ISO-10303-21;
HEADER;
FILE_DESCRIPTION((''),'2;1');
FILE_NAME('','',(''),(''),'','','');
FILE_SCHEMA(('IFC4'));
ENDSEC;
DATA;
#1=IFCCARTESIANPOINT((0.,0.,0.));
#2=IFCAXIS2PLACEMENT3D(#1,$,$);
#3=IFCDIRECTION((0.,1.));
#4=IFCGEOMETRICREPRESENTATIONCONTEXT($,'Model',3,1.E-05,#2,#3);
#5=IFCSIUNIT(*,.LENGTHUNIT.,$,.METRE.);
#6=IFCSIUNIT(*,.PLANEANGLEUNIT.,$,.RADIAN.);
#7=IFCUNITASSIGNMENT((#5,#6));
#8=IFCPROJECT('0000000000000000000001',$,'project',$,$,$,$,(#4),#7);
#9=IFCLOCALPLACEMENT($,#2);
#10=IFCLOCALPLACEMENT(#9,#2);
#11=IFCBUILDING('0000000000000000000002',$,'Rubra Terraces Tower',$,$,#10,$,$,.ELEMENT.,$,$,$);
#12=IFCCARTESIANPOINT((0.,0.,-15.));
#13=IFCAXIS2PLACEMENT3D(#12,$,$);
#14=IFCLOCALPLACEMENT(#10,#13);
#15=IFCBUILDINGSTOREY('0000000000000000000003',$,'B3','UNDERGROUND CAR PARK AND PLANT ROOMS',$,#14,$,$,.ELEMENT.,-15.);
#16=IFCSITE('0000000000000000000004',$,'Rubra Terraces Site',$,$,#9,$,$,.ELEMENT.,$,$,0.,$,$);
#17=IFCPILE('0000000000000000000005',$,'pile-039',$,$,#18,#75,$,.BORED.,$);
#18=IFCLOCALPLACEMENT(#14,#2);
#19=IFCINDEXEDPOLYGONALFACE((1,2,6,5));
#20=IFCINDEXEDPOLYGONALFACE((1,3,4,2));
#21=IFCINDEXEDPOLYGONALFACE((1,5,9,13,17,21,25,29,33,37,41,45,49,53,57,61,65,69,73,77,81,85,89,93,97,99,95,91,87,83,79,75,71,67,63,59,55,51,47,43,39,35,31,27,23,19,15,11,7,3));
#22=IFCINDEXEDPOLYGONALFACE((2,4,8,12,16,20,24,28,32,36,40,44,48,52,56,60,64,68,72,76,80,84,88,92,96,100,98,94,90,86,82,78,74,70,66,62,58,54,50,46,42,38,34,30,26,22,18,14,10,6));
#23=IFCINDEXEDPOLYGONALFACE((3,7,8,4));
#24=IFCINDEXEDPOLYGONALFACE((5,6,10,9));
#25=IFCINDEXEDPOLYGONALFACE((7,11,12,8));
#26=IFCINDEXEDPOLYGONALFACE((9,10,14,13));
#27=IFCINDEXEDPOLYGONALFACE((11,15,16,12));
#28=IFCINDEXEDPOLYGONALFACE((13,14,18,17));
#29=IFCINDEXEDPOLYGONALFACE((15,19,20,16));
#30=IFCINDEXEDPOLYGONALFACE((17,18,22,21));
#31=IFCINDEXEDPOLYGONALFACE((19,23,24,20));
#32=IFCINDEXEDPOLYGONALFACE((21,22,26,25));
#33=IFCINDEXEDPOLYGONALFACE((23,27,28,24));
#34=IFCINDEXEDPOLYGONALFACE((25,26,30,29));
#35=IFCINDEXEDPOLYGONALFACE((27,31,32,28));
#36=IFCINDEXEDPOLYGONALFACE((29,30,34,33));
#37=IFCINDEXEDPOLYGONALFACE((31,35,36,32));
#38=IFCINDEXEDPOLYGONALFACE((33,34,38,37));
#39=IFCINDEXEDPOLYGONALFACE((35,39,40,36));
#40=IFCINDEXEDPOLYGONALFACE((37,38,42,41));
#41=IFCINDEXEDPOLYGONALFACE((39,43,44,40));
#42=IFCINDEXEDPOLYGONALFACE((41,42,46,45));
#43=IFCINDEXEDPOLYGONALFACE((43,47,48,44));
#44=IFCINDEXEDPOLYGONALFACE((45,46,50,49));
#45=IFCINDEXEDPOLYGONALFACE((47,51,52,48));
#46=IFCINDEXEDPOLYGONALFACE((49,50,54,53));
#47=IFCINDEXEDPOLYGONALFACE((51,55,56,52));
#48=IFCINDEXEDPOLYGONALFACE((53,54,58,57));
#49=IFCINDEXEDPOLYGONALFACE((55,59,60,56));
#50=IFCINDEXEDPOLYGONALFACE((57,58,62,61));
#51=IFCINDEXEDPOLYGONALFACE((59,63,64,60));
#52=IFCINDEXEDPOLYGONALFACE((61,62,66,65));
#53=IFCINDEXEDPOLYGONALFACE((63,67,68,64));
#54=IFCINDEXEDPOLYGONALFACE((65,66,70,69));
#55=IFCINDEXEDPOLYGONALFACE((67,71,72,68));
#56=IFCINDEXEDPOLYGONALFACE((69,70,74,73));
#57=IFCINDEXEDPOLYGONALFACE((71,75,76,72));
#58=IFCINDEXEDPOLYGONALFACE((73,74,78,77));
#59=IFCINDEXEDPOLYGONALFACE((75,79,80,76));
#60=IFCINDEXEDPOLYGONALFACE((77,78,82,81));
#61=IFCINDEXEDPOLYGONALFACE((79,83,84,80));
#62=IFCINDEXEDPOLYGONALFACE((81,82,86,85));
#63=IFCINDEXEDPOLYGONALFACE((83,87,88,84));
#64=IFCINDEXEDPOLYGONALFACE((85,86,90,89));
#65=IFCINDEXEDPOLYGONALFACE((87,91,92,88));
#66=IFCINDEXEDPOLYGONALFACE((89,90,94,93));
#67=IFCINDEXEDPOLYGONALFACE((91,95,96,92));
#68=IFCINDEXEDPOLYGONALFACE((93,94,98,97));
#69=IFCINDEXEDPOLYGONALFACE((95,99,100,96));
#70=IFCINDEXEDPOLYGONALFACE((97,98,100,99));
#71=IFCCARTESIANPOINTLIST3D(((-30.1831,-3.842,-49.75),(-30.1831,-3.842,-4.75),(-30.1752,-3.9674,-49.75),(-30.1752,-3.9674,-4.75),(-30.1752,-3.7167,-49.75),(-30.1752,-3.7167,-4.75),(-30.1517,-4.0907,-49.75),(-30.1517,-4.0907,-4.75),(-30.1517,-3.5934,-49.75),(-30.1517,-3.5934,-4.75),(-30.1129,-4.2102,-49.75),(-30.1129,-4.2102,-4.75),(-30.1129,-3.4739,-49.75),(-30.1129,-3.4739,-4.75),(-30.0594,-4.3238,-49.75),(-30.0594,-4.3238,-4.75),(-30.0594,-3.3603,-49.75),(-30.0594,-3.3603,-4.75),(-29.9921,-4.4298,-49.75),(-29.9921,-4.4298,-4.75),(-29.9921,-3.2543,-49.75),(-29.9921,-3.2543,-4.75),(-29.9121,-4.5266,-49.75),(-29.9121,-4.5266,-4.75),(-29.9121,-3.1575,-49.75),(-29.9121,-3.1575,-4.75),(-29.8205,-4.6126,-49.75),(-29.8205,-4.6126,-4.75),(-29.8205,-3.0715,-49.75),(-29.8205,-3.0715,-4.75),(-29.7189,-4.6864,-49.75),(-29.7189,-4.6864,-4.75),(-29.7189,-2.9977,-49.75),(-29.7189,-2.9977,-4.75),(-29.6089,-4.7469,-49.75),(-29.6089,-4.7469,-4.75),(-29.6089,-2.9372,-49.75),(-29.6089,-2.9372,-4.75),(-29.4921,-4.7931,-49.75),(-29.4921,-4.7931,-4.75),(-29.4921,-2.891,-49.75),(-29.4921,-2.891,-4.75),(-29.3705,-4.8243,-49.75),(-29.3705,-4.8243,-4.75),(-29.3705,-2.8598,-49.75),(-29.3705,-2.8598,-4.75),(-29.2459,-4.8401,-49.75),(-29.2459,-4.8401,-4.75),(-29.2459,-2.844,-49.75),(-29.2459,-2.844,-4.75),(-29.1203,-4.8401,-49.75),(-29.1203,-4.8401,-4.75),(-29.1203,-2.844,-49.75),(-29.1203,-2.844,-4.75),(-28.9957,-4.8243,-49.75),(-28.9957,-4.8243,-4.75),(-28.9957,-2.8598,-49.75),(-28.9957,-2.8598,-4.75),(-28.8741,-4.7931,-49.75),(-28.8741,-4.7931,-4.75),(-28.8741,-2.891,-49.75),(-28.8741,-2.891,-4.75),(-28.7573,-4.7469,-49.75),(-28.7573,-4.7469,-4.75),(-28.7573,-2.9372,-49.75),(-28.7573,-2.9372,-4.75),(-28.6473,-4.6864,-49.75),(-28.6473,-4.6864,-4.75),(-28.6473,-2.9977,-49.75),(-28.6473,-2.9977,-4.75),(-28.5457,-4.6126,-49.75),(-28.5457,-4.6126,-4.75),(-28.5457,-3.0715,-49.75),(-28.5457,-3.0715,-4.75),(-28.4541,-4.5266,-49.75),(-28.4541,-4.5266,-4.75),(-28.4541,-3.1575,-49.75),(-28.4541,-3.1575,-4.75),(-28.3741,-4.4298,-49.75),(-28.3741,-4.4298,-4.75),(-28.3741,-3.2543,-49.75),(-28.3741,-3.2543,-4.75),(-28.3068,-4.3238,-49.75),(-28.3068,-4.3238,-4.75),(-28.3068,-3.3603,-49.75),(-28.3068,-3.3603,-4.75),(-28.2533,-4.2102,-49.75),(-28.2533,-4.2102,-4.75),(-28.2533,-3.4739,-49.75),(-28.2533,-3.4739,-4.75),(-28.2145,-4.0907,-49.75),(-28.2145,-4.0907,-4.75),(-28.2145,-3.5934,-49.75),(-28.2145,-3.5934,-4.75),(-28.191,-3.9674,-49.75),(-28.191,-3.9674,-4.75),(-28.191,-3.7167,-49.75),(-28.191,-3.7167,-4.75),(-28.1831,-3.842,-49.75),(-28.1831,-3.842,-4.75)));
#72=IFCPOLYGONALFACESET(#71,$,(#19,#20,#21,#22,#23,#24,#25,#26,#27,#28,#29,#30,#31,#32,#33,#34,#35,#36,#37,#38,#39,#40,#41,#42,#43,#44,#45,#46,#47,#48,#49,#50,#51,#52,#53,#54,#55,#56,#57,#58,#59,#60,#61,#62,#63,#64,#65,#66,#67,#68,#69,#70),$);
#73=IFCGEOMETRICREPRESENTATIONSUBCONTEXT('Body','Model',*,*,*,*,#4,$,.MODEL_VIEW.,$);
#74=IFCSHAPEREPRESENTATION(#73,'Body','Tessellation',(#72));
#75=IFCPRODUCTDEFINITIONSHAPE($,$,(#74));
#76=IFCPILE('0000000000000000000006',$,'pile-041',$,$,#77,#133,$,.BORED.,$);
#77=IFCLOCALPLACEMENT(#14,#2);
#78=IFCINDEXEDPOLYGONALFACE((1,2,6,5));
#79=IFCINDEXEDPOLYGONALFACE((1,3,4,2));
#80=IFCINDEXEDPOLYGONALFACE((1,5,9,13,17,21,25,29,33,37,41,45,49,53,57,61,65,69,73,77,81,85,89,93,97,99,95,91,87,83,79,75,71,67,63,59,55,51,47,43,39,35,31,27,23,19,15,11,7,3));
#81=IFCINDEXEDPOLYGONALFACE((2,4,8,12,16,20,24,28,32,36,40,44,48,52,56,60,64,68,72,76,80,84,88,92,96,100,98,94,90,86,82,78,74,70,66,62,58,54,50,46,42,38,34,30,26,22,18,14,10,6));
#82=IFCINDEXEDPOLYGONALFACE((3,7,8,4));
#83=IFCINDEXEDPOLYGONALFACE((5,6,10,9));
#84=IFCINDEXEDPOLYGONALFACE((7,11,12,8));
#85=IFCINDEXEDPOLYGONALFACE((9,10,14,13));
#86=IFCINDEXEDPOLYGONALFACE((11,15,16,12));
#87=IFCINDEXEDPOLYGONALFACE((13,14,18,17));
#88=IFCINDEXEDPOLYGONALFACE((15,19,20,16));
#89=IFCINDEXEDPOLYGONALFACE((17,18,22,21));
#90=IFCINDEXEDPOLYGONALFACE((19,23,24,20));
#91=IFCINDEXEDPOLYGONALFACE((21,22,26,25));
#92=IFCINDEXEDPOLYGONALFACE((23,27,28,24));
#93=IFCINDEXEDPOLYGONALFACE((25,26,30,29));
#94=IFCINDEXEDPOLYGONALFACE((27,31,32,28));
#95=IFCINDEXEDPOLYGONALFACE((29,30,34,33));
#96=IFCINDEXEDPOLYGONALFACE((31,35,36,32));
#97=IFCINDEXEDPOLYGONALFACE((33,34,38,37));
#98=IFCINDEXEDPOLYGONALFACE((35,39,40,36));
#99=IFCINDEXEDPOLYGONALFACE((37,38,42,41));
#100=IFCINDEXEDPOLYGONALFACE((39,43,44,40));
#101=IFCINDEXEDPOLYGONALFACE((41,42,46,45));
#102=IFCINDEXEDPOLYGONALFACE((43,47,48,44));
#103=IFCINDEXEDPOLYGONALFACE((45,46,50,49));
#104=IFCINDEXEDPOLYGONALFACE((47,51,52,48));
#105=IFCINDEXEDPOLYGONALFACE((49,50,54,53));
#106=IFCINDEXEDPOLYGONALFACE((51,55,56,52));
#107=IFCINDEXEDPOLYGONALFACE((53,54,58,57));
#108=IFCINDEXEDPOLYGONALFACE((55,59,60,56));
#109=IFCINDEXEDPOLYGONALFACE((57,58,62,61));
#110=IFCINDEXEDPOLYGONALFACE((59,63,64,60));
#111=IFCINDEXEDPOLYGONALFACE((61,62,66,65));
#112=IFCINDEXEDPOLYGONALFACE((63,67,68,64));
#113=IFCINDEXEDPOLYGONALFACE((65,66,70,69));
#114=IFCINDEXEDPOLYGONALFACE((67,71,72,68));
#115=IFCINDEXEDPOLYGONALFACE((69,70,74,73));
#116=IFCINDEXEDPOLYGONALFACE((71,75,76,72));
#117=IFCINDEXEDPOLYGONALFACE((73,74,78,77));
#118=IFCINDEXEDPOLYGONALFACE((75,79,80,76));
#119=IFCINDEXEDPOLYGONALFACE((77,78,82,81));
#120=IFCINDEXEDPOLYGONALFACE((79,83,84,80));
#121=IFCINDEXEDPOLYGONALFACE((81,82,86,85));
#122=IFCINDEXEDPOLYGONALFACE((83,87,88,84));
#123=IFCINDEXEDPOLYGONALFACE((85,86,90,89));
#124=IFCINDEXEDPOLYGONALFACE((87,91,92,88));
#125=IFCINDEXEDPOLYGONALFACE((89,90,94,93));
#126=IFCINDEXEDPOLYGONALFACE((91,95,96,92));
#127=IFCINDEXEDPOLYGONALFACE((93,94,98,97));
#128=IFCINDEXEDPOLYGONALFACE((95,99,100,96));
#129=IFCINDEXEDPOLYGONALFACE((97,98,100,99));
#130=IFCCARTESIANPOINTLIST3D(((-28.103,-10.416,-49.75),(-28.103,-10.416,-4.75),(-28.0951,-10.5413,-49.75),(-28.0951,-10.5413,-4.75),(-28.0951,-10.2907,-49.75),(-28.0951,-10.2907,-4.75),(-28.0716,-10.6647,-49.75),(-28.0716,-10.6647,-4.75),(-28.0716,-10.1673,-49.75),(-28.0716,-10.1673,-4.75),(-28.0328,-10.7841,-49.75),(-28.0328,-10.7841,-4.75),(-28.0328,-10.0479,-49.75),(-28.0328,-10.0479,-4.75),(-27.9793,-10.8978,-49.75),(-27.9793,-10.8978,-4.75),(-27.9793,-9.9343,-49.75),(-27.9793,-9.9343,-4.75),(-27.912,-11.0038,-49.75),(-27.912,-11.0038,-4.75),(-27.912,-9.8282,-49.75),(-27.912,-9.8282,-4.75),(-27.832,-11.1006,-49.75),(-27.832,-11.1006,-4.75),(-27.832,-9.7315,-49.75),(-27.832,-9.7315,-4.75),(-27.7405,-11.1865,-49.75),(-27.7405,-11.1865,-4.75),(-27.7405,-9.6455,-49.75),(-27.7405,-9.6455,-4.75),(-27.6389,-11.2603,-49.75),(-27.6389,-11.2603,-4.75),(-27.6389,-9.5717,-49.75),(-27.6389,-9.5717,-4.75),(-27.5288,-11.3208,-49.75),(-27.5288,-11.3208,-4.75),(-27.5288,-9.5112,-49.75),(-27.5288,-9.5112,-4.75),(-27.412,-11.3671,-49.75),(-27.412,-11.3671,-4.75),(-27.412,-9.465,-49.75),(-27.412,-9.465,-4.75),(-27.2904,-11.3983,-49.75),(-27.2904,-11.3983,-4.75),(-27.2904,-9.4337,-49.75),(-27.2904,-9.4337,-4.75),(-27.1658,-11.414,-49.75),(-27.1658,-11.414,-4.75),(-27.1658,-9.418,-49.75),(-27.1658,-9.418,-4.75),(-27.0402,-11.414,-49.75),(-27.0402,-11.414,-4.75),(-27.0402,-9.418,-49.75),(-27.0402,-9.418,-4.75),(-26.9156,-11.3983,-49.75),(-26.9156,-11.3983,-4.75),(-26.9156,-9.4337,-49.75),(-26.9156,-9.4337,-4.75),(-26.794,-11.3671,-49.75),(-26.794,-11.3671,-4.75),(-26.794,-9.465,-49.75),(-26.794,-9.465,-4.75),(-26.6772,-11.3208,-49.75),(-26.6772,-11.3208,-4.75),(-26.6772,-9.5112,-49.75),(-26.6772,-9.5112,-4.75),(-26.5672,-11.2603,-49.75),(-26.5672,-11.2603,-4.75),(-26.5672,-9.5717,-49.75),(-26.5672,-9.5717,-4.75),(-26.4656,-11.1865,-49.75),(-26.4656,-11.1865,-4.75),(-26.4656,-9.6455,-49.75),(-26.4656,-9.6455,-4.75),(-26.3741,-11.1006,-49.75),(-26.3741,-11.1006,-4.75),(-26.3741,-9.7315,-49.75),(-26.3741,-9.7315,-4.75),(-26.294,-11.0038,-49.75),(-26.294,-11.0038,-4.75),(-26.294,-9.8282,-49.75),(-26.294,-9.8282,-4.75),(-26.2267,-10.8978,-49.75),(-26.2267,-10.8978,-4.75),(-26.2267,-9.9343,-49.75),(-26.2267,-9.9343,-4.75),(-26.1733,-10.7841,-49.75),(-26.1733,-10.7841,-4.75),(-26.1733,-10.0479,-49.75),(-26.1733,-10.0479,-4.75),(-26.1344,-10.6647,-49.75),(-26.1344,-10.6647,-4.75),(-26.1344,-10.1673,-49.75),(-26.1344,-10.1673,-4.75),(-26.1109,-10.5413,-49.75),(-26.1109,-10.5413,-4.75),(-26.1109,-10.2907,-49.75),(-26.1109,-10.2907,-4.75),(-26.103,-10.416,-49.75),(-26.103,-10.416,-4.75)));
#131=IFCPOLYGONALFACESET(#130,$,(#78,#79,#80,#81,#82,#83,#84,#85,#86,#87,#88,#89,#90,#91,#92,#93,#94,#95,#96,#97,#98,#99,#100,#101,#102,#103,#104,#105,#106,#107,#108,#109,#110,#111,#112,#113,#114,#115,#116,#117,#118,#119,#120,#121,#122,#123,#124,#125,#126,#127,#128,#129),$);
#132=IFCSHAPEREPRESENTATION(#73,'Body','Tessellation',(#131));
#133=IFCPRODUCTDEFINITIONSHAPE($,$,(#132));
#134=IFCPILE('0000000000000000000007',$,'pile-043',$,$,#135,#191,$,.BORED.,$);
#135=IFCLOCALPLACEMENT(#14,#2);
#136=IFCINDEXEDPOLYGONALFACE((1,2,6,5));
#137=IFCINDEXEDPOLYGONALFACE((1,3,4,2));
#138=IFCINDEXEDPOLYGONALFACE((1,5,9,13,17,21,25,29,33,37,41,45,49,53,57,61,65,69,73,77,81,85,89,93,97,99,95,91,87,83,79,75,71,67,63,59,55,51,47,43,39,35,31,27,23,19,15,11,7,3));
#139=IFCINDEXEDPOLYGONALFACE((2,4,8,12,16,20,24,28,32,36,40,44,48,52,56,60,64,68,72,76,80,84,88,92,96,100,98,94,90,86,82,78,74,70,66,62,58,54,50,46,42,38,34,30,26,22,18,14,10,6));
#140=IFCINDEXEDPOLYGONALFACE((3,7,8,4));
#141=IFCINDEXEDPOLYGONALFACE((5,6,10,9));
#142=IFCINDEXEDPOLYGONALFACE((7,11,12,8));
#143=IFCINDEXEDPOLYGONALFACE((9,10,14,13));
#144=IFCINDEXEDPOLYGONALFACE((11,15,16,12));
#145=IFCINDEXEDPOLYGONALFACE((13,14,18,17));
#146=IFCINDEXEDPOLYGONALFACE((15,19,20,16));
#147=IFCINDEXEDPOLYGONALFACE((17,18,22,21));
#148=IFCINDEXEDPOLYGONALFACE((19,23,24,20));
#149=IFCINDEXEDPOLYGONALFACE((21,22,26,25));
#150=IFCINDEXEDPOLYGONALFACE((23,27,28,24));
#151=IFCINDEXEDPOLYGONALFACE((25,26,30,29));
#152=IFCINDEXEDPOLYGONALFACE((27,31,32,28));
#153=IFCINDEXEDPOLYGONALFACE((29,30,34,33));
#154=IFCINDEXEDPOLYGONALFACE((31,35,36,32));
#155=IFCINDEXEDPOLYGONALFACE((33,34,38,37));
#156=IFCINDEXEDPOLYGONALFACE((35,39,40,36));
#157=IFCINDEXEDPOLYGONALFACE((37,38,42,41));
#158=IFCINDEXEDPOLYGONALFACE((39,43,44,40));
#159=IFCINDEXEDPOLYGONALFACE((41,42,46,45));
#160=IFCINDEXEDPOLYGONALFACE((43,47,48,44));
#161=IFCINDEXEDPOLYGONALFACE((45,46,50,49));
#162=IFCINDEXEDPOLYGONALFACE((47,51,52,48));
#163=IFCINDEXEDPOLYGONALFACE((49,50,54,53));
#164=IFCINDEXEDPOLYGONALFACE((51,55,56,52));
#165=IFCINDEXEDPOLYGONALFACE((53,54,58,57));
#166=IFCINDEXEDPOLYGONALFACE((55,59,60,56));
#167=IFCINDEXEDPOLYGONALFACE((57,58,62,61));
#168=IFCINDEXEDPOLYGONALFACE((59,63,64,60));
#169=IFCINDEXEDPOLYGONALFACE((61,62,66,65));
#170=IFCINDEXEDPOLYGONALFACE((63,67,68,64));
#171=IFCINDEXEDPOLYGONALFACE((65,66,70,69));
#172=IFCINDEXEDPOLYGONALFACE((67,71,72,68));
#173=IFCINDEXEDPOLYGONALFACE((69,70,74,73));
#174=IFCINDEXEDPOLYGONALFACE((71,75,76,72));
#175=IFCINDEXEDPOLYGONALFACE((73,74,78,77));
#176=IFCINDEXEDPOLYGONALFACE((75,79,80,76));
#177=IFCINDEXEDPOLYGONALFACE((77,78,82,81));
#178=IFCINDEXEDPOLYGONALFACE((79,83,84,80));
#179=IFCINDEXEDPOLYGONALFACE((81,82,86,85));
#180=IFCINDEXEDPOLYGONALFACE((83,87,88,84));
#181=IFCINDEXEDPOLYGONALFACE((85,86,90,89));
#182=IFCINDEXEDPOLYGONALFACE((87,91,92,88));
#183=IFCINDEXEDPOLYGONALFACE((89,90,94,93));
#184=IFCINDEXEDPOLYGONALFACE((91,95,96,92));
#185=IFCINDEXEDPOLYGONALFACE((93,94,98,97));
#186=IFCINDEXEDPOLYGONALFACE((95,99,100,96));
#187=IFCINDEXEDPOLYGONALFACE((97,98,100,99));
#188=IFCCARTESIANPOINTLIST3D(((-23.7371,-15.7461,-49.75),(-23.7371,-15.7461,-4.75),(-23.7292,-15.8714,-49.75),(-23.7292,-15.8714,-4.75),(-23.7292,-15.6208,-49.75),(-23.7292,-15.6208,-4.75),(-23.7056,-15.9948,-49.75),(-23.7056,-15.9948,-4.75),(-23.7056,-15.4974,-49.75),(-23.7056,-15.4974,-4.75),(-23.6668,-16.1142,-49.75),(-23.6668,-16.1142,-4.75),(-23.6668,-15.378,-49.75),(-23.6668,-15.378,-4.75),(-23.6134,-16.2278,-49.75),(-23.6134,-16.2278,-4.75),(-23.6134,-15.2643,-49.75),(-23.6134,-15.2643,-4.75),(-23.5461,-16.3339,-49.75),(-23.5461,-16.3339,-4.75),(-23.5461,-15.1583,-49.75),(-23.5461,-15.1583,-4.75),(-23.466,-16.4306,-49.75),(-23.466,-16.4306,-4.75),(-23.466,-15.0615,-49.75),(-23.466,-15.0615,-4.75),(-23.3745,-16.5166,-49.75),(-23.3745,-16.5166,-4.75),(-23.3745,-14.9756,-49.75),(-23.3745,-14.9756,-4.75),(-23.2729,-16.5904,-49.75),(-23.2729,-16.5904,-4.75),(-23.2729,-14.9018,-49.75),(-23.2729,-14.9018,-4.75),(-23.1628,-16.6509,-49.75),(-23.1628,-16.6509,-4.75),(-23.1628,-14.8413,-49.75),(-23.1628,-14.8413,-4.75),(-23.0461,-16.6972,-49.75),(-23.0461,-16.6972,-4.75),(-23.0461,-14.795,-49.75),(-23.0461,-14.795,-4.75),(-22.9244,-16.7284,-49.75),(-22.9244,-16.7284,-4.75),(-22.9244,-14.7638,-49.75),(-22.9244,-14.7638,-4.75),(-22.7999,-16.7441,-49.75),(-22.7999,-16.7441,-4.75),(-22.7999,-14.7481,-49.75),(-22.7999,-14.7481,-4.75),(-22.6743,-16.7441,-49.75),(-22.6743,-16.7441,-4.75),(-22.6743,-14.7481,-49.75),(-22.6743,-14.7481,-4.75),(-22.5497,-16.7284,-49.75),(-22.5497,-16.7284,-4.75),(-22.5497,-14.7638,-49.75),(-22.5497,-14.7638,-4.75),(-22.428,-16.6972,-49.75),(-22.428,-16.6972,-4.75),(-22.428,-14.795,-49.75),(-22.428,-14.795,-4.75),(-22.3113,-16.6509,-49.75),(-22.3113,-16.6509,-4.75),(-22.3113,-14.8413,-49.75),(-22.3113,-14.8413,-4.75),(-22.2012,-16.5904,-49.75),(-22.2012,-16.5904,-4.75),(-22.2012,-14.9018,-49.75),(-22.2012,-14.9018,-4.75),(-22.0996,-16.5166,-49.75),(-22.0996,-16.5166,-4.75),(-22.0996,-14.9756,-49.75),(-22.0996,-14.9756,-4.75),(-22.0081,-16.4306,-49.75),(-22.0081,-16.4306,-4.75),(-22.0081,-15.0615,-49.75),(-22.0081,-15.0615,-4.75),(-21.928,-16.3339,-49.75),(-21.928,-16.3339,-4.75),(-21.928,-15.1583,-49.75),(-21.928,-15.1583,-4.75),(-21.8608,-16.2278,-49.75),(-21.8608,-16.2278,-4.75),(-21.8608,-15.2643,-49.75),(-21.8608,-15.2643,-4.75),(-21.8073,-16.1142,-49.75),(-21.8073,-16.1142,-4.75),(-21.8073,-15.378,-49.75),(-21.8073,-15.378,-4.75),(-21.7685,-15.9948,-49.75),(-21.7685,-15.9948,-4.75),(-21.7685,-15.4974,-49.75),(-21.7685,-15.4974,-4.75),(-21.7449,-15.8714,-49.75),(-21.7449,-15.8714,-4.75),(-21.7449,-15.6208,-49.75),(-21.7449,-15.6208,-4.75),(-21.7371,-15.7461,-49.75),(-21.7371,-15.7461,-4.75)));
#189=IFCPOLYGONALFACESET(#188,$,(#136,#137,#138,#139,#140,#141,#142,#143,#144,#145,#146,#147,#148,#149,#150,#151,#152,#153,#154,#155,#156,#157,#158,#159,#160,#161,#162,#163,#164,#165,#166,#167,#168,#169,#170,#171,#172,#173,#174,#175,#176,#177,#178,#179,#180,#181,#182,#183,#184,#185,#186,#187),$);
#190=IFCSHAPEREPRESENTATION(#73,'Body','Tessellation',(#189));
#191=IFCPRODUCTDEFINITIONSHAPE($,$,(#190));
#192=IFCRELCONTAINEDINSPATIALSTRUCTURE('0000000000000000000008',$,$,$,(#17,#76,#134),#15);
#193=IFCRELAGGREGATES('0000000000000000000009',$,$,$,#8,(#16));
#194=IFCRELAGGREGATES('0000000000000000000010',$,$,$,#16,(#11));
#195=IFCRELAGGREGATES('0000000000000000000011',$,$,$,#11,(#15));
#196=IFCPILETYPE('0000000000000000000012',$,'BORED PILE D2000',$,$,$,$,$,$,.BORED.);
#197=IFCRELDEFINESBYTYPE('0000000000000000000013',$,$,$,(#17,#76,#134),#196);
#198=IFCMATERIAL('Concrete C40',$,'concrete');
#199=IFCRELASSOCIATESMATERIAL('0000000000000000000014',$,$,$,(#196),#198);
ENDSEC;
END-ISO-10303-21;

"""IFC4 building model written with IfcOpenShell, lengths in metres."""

from ifc_helpers import new_model, si_unit, direction, frame, origin, origin_2d, place, context, subcontext, project, spatial, circle, extrude, material, material_profile, profile_set, type_object, element, save


model = new_model("IFC4")

# Units and contexts
model_context = context("Model", 3, precision=1e-05, world=origin(), true_north=direction((0.0, 1.0)))
body_context = subcontext(model_context, "Body", "Model", "MODEL_VIEW")
ifc_project = project(units=[si_unit("LENGTHUNIT", "METRE"), si_unit("PLANEANGLEUNIT", "RADIAN")], contexts=[model_context])

# Site, building, storey
site_placement = place(None, origin())
site = spatial("IfcSite", under=ifc_project, at=site_placement, Name="Rubra Terraces Site", CompositionType="ELEMENT", RefElevation=0.0)
building_placement = place(site_placement, origin())
building = spatial("IfcBuilding", under=site, at=building_placement, Name="Rubra Terraces Tower", CompositionType="ELEMENT")
storey_placement = place(building_placement, frame((0.0, 0.0, -15.0)))
storey = spatial("IfcBuildingStorey", under=building, at=storey_placement, Name="B3", Description="UNDERGROUND CAR PARK AND PLANT ROOMS", CompositionType="ELEMENT", Elevation=-15.0)

# Piles
ifc_material_1 = material(Name="Concrete C40", Category="concrete")
ifc_material_profile_1 = material_profile(ifc_material_1, circle(Radius=1.0, at=origin_2d()), Name="BORED PILE D2000")
ifc_profile_set_1 = profile_set([ifc_material_profile_1], Name="Concrete C40")
pile_type = type_object("IfcPileType", Name="BORED PILE D2000", PredefinedType="BORED", material=ifc_profile_set_1)
for number, where, z_axis, x_axis, name in (
    (1, (-29.1831, -3.842, -4.75), (0.0, 0.0, -1.0), (1.0, 0.0, 0.0), "pile-039"),
    (2, (-27.103, -10.416, -4.75), (0.0, 0.0, -1.0), (1.0, 0.0, 0.0), "pile-041"),
    (3, (-22.7371, -15.7461, -4.75), (0.0, 0.0, -1.0), (1.0, 0.0, 0.0), "pile-043"),
):
    element("IfcPile", number, at=place(storey_placement, frame(where, z_axis=z_axis, x_axis=x_axis)), inside=storey, type_object=pile_type, Name=name, PredefinedType="BORED", context=body_context, shape_type="SweptSolid", body=[
        extrude(circle(Radius=1.0, at=origin_2d()), origin(), (0.0, 0.0, 1.0), 45.0),
    ])

save(model, "model.ifc")
